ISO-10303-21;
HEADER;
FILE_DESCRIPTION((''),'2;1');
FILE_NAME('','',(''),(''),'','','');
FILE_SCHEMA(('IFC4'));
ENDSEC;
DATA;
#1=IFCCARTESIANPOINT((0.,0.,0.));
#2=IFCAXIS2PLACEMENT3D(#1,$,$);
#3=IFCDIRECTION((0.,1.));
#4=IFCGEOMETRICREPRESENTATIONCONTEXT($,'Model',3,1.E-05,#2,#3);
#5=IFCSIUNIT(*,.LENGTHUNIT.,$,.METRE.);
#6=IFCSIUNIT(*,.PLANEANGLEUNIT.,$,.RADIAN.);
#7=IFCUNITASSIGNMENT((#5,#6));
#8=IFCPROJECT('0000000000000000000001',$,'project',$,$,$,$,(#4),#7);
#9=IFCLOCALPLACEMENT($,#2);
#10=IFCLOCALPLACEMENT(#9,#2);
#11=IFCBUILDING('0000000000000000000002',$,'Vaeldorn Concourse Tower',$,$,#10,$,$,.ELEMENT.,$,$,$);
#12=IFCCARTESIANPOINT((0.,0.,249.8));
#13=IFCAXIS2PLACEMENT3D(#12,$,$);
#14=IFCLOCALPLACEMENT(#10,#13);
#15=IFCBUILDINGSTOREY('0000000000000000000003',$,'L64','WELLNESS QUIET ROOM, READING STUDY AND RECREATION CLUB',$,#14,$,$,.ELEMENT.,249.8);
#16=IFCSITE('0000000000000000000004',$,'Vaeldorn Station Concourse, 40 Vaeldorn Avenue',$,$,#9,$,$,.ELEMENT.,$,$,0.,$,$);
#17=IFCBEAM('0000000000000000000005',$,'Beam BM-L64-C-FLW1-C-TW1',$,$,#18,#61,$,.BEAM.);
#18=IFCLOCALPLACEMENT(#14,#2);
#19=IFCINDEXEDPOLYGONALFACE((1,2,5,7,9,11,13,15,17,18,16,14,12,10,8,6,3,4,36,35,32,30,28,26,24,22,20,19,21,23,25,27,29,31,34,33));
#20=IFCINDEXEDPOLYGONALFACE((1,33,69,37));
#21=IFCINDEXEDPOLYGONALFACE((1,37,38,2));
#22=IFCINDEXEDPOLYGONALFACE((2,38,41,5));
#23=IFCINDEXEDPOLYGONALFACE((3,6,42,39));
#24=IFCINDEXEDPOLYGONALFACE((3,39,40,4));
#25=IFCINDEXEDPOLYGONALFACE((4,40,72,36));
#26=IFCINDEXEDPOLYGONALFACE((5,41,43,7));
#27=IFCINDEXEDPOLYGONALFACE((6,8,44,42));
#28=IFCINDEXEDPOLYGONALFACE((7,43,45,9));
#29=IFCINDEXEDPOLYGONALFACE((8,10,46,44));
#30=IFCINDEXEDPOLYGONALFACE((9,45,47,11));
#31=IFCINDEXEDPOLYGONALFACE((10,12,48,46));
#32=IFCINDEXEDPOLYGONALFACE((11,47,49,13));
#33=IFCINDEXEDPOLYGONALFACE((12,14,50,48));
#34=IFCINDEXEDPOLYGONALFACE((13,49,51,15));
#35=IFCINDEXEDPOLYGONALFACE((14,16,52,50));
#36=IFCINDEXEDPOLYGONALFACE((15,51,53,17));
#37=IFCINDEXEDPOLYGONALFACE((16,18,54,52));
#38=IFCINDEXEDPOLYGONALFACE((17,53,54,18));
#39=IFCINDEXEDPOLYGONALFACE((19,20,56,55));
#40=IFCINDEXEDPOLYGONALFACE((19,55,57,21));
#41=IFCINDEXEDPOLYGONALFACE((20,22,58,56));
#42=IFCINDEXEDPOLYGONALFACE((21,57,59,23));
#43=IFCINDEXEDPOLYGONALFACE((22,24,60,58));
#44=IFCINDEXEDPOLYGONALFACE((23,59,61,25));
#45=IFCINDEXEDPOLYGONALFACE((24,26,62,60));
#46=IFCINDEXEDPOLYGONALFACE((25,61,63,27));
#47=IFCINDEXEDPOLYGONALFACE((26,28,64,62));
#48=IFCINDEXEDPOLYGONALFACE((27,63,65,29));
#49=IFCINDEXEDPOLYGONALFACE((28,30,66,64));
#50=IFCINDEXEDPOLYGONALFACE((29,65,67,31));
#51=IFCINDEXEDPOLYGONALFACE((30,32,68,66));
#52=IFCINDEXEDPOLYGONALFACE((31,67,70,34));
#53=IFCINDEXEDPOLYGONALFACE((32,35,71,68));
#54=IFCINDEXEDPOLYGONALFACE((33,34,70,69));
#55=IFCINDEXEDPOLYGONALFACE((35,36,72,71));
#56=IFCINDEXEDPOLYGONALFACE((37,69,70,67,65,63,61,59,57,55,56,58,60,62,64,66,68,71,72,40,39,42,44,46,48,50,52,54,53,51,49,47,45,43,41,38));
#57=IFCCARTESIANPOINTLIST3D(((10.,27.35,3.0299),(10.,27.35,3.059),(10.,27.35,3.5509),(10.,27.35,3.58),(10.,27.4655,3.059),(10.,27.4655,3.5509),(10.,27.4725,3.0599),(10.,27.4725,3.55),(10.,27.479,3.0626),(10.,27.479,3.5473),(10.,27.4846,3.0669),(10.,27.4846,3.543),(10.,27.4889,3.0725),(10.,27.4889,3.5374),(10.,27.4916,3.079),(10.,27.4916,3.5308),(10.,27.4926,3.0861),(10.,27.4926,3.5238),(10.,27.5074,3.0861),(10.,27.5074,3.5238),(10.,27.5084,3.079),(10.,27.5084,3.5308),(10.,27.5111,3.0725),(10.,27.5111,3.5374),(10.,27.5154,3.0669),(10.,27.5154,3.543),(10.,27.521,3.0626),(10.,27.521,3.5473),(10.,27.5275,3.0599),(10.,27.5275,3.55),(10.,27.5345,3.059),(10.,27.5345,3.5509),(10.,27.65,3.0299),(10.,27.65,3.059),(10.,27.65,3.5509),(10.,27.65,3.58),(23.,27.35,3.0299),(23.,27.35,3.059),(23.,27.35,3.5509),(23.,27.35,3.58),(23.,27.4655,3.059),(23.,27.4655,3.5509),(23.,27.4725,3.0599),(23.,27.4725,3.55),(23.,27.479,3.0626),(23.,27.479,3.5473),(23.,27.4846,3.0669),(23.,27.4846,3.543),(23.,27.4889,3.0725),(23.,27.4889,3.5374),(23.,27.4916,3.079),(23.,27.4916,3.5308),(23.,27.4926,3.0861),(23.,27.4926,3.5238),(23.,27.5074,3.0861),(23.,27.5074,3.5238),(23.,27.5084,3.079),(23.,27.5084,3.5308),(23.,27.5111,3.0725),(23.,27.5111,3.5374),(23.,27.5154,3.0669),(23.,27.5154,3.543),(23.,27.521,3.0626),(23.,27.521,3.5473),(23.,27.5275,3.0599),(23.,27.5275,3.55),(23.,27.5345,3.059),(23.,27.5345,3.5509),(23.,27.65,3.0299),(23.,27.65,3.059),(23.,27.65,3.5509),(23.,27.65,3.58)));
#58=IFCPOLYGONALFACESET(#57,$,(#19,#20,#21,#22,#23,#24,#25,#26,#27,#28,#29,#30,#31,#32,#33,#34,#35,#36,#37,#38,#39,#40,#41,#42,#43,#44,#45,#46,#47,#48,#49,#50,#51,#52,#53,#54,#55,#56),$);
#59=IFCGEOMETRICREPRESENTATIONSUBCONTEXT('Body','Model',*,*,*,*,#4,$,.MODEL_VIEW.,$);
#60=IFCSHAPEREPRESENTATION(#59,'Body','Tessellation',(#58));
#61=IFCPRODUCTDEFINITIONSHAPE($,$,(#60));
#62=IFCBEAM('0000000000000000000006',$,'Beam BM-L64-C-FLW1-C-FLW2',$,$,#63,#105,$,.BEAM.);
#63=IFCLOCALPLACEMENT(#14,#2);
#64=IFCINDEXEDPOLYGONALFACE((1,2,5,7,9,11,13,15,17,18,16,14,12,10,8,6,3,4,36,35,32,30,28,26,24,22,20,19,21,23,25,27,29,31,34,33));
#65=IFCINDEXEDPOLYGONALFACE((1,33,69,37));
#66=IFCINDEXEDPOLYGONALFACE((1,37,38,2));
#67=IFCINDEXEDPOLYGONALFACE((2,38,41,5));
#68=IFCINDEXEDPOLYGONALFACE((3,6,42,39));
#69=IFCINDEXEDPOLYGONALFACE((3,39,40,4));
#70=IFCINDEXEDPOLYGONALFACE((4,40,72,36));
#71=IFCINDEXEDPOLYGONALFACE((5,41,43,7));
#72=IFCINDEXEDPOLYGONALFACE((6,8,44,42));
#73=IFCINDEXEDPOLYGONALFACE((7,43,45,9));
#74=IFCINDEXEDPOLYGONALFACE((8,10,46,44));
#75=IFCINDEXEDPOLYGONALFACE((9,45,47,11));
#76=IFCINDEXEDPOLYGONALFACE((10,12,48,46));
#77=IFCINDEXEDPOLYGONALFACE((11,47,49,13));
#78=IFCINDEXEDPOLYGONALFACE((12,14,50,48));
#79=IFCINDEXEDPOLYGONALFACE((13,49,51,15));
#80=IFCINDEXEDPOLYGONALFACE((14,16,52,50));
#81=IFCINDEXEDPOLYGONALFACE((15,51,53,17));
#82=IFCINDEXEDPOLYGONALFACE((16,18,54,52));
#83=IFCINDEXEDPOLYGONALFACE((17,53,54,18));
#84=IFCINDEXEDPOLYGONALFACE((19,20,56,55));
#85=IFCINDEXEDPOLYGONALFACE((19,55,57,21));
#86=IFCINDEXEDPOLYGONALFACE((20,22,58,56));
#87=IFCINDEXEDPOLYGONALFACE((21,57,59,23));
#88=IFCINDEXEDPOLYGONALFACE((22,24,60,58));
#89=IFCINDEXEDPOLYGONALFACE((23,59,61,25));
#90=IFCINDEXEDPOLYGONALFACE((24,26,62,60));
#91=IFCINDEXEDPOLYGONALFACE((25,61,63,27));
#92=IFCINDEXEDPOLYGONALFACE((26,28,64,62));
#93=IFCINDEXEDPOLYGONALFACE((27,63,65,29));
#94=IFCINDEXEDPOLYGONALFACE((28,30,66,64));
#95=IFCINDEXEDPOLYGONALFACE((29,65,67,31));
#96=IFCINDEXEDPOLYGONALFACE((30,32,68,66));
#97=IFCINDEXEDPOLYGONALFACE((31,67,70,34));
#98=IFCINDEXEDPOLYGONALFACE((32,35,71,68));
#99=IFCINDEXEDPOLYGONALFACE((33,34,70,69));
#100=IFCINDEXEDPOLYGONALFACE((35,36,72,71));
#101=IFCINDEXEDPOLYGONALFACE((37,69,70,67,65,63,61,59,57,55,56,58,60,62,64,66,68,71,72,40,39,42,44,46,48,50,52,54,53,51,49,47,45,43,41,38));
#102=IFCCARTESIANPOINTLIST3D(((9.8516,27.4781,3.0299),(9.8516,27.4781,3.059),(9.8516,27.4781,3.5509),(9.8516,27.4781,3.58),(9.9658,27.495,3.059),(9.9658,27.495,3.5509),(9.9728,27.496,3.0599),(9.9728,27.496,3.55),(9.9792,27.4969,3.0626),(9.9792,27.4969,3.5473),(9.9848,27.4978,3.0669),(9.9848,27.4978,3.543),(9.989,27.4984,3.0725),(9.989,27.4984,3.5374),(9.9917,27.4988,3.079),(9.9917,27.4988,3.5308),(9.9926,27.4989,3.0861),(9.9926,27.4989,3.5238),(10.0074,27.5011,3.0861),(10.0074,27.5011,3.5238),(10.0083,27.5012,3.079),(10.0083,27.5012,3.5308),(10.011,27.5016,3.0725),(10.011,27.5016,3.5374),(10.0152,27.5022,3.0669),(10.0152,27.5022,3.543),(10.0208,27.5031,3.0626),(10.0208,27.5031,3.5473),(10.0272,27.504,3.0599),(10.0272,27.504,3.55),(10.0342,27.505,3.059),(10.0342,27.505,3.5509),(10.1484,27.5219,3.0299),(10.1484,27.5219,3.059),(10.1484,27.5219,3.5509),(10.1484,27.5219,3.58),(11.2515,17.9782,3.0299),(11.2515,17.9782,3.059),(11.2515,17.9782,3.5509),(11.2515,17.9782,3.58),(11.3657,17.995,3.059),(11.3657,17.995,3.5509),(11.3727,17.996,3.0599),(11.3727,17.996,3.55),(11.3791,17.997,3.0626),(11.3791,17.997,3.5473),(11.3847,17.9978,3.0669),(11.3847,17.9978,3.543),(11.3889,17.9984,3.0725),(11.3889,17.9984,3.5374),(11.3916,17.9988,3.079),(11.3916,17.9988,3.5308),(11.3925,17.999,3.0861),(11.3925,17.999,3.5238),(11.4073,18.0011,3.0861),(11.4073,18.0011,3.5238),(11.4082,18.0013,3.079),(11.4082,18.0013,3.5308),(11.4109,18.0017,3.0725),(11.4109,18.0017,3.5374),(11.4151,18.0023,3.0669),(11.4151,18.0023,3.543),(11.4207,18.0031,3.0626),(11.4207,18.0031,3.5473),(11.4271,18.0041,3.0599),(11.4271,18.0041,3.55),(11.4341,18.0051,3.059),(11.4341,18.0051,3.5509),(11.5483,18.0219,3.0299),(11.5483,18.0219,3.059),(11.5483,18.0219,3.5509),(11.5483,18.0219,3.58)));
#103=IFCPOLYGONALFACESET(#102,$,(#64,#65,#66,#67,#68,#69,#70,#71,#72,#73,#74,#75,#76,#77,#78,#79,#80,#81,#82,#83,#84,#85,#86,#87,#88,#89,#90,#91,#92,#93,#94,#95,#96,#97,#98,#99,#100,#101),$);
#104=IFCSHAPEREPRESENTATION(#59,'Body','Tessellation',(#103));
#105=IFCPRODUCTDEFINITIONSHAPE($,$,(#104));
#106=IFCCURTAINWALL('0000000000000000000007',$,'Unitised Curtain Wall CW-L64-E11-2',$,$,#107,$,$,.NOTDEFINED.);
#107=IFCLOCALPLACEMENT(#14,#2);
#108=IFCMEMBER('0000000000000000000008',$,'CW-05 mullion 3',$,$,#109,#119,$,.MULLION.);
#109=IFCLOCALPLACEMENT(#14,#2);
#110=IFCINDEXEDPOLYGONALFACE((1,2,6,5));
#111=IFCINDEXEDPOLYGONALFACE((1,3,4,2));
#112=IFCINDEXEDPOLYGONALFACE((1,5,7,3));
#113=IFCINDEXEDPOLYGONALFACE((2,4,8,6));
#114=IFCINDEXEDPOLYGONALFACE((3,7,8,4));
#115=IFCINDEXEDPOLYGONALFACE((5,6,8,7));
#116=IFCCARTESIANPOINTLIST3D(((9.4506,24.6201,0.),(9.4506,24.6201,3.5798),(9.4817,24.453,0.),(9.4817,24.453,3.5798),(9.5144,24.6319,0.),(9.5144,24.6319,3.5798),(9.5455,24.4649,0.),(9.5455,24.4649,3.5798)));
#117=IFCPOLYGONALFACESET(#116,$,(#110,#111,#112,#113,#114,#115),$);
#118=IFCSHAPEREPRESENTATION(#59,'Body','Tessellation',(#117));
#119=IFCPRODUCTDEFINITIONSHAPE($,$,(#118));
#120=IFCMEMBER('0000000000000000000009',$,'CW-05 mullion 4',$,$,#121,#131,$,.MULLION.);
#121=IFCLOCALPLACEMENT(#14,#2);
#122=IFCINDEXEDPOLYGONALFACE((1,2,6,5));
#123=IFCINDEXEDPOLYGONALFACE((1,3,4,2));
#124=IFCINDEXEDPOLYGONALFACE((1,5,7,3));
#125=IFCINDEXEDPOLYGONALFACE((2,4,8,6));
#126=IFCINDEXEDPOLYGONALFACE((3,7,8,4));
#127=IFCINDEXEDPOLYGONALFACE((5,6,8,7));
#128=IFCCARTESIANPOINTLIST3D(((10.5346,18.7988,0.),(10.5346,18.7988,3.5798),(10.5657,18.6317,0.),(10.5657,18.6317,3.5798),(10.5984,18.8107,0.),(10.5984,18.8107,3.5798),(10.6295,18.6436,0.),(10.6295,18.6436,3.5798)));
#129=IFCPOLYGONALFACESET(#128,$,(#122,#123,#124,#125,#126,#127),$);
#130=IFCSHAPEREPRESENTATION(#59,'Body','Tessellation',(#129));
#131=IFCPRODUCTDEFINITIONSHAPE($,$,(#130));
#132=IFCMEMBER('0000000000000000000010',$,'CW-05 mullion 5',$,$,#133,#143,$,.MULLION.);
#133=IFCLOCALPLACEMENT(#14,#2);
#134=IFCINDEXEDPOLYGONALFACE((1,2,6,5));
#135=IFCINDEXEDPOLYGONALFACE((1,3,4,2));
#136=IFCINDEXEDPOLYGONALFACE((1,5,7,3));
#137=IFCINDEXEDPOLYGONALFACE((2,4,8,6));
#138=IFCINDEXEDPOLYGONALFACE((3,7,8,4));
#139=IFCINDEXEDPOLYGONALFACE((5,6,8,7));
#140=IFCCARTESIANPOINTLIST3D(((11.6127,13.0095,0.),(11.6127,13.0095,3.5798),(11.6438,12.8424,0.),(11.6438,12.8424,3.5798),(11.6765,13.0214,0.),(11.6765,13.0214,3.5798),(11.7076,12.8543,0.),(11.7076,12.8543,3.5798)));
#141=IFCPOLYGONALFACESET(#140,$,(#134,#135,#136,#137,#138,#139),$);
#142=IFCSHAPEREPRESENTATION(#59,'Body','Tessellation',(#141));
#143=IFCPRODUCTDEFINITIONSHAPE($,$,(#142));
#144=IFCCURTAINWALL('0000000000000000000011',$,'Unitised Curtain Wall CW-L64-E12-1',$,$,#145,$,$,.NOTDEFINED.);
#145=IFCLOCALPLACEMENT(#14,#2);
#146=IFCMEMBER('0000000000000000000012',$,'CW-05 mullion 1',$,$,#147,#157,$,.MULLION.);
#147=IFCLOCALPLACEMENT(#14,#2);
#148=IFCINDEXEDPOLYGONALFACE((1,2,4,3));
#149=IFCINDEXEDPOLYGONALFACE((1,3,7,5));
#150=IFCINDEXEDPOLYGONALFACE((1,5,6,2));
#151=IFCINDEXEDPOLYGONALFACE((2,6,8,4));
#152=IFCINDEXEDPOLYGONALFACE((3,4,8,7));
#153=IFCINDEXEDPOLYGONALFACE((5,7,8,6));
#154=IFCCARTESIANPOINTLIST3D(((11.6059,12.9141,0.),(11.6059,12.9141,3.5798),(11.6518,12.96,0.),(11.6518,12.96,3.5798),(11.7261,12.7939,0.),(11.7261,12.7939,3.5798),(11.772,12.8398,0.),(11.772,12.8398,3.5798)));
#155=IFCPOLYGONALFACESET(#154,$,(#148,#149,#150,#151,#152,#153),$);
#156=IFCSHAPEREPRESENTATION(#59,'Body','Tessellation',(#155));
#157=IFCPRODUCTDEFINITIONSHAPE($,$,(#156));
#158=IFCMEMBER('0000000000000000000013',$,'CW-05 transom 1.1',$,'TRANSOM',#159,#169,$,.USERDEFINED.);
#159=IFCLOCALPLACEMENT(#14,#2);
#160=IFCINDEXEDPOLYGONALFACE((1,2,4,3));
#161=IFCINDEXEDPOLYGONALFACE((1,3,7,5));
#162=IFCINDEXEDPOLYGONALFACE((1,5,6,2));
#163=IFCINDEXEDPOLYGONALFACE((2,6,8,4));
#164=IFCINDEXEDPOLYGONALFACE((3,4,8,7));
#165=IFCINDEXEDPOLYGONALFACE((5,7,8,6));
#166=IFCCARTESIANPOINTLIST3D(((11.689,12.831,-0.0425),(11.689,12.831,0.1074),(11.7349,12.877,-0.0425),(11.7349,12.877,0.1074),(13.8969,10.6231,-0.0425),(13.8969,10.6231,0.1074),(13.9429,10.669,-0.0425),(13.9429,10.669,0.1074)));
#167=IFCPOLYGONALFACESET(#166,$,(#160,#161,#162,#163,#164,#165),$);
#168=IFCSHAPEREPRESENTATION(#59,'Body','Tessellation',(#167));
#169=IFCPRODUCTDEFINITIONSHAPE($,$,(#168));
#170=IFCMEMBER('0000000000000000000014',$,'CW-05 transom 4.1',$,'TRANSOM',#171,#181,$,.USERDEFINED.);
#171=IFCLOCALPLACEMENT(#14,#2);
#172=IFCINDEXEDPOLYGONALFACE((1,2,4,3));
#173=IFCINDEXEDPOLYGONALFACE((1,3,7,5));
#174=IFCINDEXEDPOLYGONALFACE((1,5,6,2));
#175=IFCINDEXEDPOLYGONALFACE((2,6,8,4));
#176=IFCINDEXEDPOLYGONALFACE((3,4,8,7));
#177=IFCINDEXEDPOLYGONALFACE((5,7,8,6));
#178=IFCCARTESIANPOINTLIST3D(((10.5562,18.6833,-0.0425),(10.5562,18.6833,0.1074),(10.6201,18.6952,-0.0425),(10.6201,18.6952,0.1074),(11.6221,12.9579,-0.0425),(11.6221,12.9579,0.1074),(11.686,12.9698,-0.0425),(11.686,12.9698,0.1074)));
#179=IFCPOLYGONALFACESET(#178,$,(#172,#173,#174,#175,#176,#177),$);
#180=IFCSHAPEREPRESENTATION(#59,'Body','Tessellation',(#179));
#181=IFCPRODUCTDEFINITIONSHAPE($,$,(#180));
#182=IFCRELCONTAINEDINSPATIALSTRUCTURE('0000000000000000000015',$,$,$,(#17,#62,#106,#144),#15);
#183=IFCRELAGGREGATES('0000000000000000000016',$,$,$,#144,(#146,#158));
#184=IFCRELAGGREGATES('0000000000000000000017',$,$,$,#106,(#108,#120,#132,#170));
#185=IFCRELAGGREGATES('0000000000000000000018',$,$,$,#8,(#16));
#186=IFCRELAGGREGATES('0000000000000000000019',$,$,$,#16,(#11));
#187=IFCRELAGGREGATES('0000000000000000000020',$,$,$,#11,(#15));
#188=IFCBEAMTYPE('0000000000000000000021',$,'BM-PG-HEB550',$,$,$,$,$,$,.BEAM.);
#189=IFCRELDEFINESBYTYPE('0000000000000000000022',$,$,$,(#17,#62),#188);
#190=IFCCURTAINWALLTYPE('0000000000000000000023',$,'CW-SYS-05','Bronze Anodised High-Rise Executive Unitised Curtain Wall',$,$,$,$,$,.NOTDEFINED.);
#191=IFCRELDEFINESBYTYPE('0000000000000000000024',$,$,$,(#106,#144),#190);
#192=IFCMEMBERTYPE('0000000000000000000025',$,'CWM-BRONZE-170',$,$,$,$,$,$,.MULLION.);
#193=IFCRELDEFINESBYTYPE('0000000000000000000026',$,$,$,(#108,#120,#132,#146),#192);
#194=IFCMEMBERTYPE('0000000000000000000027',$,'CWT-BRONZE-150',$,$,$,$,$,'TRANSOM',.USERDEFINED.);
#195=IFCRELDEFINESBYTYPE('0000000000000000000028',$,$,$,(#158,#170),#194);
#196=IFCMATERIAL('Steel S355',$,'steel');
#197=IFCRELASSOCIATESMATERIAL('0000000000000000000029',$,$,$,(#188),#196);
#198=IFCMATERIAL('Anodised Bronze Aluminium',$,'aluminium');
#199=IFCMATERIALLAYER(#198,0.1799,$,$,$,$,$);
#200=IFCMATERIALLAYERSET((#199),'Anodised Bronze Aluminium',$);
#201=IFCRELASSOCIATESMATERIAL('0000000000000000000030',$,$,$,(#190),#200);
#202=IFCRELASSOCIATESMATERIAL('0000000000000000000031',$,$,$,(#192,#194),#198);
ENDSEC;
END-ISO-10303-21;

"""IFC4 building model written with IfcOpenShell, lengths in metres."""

from ifc_helpers import new_model, si_unit, direction, frame, origin, origin_2d, place, context, subcontext, project, spatial, rectangle, i_section, extrude, source, transform, mapped, material, layer, layer_set, material_profile, profile_set, type_object, element, aggregate, save


model = new_model("IFC4")

# Units and contexts
model_context = context("Model", 3, precision=1e-05, world=origin(), true_north=direction((0.0, 1.0)))
body_context = subcontext(model_context, "Body", "Model", "MODEL_VIEW")
ifc_project = project(units=[si_unit("LENGTHUNIT", "METRE"), si_unit("PLANEANGLEUNIT", "RADIAN")], contexts=[model_context])

# Site, building, storey
site_placement = place(None, origin())
site = spatial("IfcSite", under=ifc_project, at=site_placement, Name="Vaeldorn Station Concourse, 40 Vaeldorn Avenue", CompositionType="ELEMENT", RefElevation=0.0)
building_placement = place(site_placement, origin())
building = spatial("IfcBuilding", under=site, at=building_placement, Name="Vaeldorn Concourse Tower", CompositionType="ELEMENT")
storey_placement = place(building_placement, frame((0.0, 0.0, 249.8)))
storey = spatial("IfcBuildingStorey", under=building, at=storey_placement, Name="L64", Description="WELLNESS QUIET ROOM, READING STUDY AND RECREATION CLUB", CompositionType="ELEMENT", Elevation=249.8)

# Shared definitions
ifc_material_1 = material(Name="Steel S355", Category="steel")

# Beams
ifc_material_profile_1 = material_profile(ifc_material_1, i_section(OverallWidth=0.3, OverallDepth=0.55, WebThickness=0.0149, FlangeThickness=0.0291, FilletRadius=0.0271, at=origin_2d()), Name="HEB 550")
ifc_profile_set_1 = profile_set([ifc_material_profile_1], Name="Steel S355")
beam_type_1 = type_object("IfcBeamType", Name="BM-PG-HEB550", PredefinedType="BEAM", material=ifc_profile_set_1)
shared_shape_1 = source(origin(), body_context, "Body", "SweptSolid", [
    extrude(i_section(OverallWidth=0.3, OverallDepth=0.55, WebThickness=0.0149, FlangeThickness=0.0291, FilletRadius=0.0271, at=origin_2d()), origin(), (0.0, 0.0, 1.0), 13.0),
])
beam_1_placement = place(storey_placement, frame((10.0, 27.5, 3.3049), z_axis=(1.0, 0.0, 0.0), x_axis=(0.0, 1.0, 0.0)))
element("IfcBeam", 1, at=beam_1_placement, inside=storey, type_object=beam_type_1, Name="Beam BM-L64-C-FLW1-C-TW1", PredefinedType="BEAM", context=body_context, shape_type="MappedRepresentation", body=[
    mapped(shared_shape_1, transform((0.0, 0.0, 0.0), scale=1.0)),
])
shared_shape_2 = source(origin(), body_context, "Body", "SweptSolid", [
    extrude(i_section(OverallWidth=0.3, OverallDepth=0.55, WebThickness=0.0149, FlangeThickness=0.0291, FilletRadius=0.0271, at=origin_2d()), origin(), (0.0, 0.0, 1.0), 9.6025),
])
beam_2_placement = place(storey_placement, frame((10.0, 27.5, 3.3049), z_axis=(0.145784, -0.989316, 0.0), x_axis=(0.989316, 0.145784, 0.0)))
element("IfcBeam", 2, at=beam_2_placement, inside=storey, type_object=beam_type_1, Name="Beam BM-L64-C-FLW1-C-FLW2", PredefinedType="BEAM", context=body_context, shape_type="MappedRepresentation", body=[
    mapped(shared_shape_2, transform((0.0, 0.0, 0.0), scale=1.0)),
])

# Curtain walls, members
ifc_material_2 = material(Name="Anodised Bronze Aluminium", Category="aluminium")
ifc_layer_1 = layer(ifc_material_2, 0.1799)
ifc_layer_set_1 = layer_set([ifc_layer_1], Name="Anodised Bronze Aluminium")
curtain_wall_type = type_object("IfcCurtainWallType", Name="CW-SYS-05", Description="Bronze Anodised High-Rise Executive Unitised Curtain Wall", PredefinedType="NOTDEFINED", material=ifc_layer_set_1)
curtain_wall_1_placement = place(storey_placement, origin())
curtain_wall_1 = element("IfcCurtainWall", 3, at=curtain_wall_1_placement, inside=storey, type_object=curtain_wall_type, Name="Unitised Curtain Wall CW-L64-E11-2", PredefinedType="NOTDEFINED")
ifc_material_profile_2 = material_profile(ifc_material_2, rectangle(XDim=0.0649, YDim=0.1699, at=origin_2d()), Name="CWM 65x170")
ifc_profile_set_2 = profile_set([ifc_material_profile_2], Name="Anodised Bronze Aluminium")
member_type_1 = type_object("IfcMemberType", Name="CWM-BRONZE-170", PredefinedType="MULLION", material=ifc_profile_set_2)
shared_shape_3 = source(origin(), body_context, "Body", "SweptSolid", [
    extrude(rectangle(XDim=0.0649, YDim=0.1699, at=origin_2d()), origin(), (0.0, 0.0, 1.0), 3.5798),
])
member_1_placement = place(storey_placement, frame((9.498, 24.5425, 0.0), z_axis=(0.0, 0.0, 1.0), x_axis=(0.983103, 0.183055, 0.0)))
member_1 = element("IfcMember", 4, at=member_1_placement, type_object=member_type_1, Name="CW-05 mullion 3", PredefinedType="MULLION", context=body_context, shape_type="MappedRepresentation", body=[
    mapped(shared_shape_3, transform((0.0, 0.0, 0.0), scale=1.0)),
])
member_2_placement = place(storey_placement, frame((10.582, 18.7212, 0.0), z_axis=(0.0, 0.0, 1.0), x_axis=(0.983103, 0.183055, 0.0)))
member_2 = element("IfcMember", 5, at=member_2_placement, type_object=member_type_1, Name="CW-05 mullion 4", PredefinedType="MULLION", context=body_context, shape_type="MappedRepresentation", body=[
    mapped(shared_shape_3, transform((0.0, 0.0, 0.0), scale=1.0)),
])
member_3_placement = place(storey_placement, frame((11.6602, 12.9319, 0.0), z_axis=(0.0, 0.0, 1.0), x_axis=(0.983103, 0.183055, 0.0)))
member_3 = element("IfcMember", 6, at=member_3_placement, type_object=member_type_1, Name="CW-05 mullion 5", PredefinedType="MULLION", context=body_context, shape_type="MappedRepresentation", body=[
    mapped(shared_shape_3, transform((0.0, 0.0, 0.0), scale=1.0)),
])
curtain_wall_2_placement = place(storey_placement, origin())
curtain_wall_2 = element("IfcCurtainWall", 7, at=curtain_wall_2_placement, inside=storey, type_object=curtain_wall_type, Name="Unitised Curtain Wall CW-L64-E12-1", PredefinedType="NOTDEFINED")
member_4_placement = place(storey_placement, frame((11.689, 12.877, 0.0), z_axis=(0.0, 0.0, 1.0), x_axis=(0.707107, 0.707107, 0.0)))
member_4 = element("IfcMember", 8, at=member_4_placement, type_object=member_type_1, Name="CW-05 mullion 1", PredefinedType="MULLION", context=body_context, shape_type="MappedRepresentation", body=[
    mapped(shared_shape_3, transform((0.0, 0.0, 0.0), scale=1.0)),
])
ifc_material_profile_3 = material_profile(ifc_material_2, rectangle(XDim=0.0649, YDim=0.1499, at=origin_2d()), Name="CWT 65x150")
ifc_profile_set_3 = profile_set([ifc_material_profile_3], Name="Anodised Bronze Aluminium")
member_type_2 = type_object("IfcMemberType", Name="CWT-BRONZE-150", ElementType="TRANSOM", PredefinedType="USERDEFINED", material=ifc_profile_set_3)
shared_shape_4 = source(origin(), body_context, "Body", "SweptSolid", [
    extrude(rectangle(XDim=0.0649, YDim=0.1499, at=origin_2d()), origin(), (0.0, 0.0, 1.0), 3.1226),
])
member_5_placement = place(storey_placement, frame((11.7119, 12.854, 0.0325), z_axis=(0.707107, -0.707107, 0.0), x_axis=(0.707107, 0.707107, 0.0)))
member_5 = element("IfcMember", 9, at=member_5_placement, type_object=member_type_2, Name="CW-05 transom 1.1", ObjectType="TRANSOM", PredefinedType="USERDEFINED", context=body_context, shape_type="MappedRepresentation", body=[
    mapped(shared_shape_4, transform((0.0, 0.0, 0.0), scale=1.0)),
])
aggregate(curtain_wall_2, [member_4, member_5])

# Member
shared_shape_5 = source(origin(), body_context, "Body", "SweptSolid", [
    extrude(rectangle(XDim=0.0649, YDim=0.1499, at=origin_2d()), origin(), (0.0, 0.0, 1.0), 5.8237),
])
member_6_placement = place(storey_placement, frame((10.5881, 18.6892, 0.0325), z_axis=(0.18303, -0.983107, 0.0), x_axis=(0.983107, 0.18303, 0.0)))
member_6 = element("IfcMember", 10, at=member_6_placement, type_object=member_type_2, Name="CW-05 transom 4.1", ObjectType="TRANSOM", PredefinedType="USERDEFINED", context=body_context, shape_type="MappedRepresentation", body=[
    mapped(shared_shape_5, transform((0.0, 0.0, 0.0), scale=1.0)),
])

aggregate(curtain_wall_1, [member_1, member_2, member_3, member_6])

save(model, "model.ifc")
